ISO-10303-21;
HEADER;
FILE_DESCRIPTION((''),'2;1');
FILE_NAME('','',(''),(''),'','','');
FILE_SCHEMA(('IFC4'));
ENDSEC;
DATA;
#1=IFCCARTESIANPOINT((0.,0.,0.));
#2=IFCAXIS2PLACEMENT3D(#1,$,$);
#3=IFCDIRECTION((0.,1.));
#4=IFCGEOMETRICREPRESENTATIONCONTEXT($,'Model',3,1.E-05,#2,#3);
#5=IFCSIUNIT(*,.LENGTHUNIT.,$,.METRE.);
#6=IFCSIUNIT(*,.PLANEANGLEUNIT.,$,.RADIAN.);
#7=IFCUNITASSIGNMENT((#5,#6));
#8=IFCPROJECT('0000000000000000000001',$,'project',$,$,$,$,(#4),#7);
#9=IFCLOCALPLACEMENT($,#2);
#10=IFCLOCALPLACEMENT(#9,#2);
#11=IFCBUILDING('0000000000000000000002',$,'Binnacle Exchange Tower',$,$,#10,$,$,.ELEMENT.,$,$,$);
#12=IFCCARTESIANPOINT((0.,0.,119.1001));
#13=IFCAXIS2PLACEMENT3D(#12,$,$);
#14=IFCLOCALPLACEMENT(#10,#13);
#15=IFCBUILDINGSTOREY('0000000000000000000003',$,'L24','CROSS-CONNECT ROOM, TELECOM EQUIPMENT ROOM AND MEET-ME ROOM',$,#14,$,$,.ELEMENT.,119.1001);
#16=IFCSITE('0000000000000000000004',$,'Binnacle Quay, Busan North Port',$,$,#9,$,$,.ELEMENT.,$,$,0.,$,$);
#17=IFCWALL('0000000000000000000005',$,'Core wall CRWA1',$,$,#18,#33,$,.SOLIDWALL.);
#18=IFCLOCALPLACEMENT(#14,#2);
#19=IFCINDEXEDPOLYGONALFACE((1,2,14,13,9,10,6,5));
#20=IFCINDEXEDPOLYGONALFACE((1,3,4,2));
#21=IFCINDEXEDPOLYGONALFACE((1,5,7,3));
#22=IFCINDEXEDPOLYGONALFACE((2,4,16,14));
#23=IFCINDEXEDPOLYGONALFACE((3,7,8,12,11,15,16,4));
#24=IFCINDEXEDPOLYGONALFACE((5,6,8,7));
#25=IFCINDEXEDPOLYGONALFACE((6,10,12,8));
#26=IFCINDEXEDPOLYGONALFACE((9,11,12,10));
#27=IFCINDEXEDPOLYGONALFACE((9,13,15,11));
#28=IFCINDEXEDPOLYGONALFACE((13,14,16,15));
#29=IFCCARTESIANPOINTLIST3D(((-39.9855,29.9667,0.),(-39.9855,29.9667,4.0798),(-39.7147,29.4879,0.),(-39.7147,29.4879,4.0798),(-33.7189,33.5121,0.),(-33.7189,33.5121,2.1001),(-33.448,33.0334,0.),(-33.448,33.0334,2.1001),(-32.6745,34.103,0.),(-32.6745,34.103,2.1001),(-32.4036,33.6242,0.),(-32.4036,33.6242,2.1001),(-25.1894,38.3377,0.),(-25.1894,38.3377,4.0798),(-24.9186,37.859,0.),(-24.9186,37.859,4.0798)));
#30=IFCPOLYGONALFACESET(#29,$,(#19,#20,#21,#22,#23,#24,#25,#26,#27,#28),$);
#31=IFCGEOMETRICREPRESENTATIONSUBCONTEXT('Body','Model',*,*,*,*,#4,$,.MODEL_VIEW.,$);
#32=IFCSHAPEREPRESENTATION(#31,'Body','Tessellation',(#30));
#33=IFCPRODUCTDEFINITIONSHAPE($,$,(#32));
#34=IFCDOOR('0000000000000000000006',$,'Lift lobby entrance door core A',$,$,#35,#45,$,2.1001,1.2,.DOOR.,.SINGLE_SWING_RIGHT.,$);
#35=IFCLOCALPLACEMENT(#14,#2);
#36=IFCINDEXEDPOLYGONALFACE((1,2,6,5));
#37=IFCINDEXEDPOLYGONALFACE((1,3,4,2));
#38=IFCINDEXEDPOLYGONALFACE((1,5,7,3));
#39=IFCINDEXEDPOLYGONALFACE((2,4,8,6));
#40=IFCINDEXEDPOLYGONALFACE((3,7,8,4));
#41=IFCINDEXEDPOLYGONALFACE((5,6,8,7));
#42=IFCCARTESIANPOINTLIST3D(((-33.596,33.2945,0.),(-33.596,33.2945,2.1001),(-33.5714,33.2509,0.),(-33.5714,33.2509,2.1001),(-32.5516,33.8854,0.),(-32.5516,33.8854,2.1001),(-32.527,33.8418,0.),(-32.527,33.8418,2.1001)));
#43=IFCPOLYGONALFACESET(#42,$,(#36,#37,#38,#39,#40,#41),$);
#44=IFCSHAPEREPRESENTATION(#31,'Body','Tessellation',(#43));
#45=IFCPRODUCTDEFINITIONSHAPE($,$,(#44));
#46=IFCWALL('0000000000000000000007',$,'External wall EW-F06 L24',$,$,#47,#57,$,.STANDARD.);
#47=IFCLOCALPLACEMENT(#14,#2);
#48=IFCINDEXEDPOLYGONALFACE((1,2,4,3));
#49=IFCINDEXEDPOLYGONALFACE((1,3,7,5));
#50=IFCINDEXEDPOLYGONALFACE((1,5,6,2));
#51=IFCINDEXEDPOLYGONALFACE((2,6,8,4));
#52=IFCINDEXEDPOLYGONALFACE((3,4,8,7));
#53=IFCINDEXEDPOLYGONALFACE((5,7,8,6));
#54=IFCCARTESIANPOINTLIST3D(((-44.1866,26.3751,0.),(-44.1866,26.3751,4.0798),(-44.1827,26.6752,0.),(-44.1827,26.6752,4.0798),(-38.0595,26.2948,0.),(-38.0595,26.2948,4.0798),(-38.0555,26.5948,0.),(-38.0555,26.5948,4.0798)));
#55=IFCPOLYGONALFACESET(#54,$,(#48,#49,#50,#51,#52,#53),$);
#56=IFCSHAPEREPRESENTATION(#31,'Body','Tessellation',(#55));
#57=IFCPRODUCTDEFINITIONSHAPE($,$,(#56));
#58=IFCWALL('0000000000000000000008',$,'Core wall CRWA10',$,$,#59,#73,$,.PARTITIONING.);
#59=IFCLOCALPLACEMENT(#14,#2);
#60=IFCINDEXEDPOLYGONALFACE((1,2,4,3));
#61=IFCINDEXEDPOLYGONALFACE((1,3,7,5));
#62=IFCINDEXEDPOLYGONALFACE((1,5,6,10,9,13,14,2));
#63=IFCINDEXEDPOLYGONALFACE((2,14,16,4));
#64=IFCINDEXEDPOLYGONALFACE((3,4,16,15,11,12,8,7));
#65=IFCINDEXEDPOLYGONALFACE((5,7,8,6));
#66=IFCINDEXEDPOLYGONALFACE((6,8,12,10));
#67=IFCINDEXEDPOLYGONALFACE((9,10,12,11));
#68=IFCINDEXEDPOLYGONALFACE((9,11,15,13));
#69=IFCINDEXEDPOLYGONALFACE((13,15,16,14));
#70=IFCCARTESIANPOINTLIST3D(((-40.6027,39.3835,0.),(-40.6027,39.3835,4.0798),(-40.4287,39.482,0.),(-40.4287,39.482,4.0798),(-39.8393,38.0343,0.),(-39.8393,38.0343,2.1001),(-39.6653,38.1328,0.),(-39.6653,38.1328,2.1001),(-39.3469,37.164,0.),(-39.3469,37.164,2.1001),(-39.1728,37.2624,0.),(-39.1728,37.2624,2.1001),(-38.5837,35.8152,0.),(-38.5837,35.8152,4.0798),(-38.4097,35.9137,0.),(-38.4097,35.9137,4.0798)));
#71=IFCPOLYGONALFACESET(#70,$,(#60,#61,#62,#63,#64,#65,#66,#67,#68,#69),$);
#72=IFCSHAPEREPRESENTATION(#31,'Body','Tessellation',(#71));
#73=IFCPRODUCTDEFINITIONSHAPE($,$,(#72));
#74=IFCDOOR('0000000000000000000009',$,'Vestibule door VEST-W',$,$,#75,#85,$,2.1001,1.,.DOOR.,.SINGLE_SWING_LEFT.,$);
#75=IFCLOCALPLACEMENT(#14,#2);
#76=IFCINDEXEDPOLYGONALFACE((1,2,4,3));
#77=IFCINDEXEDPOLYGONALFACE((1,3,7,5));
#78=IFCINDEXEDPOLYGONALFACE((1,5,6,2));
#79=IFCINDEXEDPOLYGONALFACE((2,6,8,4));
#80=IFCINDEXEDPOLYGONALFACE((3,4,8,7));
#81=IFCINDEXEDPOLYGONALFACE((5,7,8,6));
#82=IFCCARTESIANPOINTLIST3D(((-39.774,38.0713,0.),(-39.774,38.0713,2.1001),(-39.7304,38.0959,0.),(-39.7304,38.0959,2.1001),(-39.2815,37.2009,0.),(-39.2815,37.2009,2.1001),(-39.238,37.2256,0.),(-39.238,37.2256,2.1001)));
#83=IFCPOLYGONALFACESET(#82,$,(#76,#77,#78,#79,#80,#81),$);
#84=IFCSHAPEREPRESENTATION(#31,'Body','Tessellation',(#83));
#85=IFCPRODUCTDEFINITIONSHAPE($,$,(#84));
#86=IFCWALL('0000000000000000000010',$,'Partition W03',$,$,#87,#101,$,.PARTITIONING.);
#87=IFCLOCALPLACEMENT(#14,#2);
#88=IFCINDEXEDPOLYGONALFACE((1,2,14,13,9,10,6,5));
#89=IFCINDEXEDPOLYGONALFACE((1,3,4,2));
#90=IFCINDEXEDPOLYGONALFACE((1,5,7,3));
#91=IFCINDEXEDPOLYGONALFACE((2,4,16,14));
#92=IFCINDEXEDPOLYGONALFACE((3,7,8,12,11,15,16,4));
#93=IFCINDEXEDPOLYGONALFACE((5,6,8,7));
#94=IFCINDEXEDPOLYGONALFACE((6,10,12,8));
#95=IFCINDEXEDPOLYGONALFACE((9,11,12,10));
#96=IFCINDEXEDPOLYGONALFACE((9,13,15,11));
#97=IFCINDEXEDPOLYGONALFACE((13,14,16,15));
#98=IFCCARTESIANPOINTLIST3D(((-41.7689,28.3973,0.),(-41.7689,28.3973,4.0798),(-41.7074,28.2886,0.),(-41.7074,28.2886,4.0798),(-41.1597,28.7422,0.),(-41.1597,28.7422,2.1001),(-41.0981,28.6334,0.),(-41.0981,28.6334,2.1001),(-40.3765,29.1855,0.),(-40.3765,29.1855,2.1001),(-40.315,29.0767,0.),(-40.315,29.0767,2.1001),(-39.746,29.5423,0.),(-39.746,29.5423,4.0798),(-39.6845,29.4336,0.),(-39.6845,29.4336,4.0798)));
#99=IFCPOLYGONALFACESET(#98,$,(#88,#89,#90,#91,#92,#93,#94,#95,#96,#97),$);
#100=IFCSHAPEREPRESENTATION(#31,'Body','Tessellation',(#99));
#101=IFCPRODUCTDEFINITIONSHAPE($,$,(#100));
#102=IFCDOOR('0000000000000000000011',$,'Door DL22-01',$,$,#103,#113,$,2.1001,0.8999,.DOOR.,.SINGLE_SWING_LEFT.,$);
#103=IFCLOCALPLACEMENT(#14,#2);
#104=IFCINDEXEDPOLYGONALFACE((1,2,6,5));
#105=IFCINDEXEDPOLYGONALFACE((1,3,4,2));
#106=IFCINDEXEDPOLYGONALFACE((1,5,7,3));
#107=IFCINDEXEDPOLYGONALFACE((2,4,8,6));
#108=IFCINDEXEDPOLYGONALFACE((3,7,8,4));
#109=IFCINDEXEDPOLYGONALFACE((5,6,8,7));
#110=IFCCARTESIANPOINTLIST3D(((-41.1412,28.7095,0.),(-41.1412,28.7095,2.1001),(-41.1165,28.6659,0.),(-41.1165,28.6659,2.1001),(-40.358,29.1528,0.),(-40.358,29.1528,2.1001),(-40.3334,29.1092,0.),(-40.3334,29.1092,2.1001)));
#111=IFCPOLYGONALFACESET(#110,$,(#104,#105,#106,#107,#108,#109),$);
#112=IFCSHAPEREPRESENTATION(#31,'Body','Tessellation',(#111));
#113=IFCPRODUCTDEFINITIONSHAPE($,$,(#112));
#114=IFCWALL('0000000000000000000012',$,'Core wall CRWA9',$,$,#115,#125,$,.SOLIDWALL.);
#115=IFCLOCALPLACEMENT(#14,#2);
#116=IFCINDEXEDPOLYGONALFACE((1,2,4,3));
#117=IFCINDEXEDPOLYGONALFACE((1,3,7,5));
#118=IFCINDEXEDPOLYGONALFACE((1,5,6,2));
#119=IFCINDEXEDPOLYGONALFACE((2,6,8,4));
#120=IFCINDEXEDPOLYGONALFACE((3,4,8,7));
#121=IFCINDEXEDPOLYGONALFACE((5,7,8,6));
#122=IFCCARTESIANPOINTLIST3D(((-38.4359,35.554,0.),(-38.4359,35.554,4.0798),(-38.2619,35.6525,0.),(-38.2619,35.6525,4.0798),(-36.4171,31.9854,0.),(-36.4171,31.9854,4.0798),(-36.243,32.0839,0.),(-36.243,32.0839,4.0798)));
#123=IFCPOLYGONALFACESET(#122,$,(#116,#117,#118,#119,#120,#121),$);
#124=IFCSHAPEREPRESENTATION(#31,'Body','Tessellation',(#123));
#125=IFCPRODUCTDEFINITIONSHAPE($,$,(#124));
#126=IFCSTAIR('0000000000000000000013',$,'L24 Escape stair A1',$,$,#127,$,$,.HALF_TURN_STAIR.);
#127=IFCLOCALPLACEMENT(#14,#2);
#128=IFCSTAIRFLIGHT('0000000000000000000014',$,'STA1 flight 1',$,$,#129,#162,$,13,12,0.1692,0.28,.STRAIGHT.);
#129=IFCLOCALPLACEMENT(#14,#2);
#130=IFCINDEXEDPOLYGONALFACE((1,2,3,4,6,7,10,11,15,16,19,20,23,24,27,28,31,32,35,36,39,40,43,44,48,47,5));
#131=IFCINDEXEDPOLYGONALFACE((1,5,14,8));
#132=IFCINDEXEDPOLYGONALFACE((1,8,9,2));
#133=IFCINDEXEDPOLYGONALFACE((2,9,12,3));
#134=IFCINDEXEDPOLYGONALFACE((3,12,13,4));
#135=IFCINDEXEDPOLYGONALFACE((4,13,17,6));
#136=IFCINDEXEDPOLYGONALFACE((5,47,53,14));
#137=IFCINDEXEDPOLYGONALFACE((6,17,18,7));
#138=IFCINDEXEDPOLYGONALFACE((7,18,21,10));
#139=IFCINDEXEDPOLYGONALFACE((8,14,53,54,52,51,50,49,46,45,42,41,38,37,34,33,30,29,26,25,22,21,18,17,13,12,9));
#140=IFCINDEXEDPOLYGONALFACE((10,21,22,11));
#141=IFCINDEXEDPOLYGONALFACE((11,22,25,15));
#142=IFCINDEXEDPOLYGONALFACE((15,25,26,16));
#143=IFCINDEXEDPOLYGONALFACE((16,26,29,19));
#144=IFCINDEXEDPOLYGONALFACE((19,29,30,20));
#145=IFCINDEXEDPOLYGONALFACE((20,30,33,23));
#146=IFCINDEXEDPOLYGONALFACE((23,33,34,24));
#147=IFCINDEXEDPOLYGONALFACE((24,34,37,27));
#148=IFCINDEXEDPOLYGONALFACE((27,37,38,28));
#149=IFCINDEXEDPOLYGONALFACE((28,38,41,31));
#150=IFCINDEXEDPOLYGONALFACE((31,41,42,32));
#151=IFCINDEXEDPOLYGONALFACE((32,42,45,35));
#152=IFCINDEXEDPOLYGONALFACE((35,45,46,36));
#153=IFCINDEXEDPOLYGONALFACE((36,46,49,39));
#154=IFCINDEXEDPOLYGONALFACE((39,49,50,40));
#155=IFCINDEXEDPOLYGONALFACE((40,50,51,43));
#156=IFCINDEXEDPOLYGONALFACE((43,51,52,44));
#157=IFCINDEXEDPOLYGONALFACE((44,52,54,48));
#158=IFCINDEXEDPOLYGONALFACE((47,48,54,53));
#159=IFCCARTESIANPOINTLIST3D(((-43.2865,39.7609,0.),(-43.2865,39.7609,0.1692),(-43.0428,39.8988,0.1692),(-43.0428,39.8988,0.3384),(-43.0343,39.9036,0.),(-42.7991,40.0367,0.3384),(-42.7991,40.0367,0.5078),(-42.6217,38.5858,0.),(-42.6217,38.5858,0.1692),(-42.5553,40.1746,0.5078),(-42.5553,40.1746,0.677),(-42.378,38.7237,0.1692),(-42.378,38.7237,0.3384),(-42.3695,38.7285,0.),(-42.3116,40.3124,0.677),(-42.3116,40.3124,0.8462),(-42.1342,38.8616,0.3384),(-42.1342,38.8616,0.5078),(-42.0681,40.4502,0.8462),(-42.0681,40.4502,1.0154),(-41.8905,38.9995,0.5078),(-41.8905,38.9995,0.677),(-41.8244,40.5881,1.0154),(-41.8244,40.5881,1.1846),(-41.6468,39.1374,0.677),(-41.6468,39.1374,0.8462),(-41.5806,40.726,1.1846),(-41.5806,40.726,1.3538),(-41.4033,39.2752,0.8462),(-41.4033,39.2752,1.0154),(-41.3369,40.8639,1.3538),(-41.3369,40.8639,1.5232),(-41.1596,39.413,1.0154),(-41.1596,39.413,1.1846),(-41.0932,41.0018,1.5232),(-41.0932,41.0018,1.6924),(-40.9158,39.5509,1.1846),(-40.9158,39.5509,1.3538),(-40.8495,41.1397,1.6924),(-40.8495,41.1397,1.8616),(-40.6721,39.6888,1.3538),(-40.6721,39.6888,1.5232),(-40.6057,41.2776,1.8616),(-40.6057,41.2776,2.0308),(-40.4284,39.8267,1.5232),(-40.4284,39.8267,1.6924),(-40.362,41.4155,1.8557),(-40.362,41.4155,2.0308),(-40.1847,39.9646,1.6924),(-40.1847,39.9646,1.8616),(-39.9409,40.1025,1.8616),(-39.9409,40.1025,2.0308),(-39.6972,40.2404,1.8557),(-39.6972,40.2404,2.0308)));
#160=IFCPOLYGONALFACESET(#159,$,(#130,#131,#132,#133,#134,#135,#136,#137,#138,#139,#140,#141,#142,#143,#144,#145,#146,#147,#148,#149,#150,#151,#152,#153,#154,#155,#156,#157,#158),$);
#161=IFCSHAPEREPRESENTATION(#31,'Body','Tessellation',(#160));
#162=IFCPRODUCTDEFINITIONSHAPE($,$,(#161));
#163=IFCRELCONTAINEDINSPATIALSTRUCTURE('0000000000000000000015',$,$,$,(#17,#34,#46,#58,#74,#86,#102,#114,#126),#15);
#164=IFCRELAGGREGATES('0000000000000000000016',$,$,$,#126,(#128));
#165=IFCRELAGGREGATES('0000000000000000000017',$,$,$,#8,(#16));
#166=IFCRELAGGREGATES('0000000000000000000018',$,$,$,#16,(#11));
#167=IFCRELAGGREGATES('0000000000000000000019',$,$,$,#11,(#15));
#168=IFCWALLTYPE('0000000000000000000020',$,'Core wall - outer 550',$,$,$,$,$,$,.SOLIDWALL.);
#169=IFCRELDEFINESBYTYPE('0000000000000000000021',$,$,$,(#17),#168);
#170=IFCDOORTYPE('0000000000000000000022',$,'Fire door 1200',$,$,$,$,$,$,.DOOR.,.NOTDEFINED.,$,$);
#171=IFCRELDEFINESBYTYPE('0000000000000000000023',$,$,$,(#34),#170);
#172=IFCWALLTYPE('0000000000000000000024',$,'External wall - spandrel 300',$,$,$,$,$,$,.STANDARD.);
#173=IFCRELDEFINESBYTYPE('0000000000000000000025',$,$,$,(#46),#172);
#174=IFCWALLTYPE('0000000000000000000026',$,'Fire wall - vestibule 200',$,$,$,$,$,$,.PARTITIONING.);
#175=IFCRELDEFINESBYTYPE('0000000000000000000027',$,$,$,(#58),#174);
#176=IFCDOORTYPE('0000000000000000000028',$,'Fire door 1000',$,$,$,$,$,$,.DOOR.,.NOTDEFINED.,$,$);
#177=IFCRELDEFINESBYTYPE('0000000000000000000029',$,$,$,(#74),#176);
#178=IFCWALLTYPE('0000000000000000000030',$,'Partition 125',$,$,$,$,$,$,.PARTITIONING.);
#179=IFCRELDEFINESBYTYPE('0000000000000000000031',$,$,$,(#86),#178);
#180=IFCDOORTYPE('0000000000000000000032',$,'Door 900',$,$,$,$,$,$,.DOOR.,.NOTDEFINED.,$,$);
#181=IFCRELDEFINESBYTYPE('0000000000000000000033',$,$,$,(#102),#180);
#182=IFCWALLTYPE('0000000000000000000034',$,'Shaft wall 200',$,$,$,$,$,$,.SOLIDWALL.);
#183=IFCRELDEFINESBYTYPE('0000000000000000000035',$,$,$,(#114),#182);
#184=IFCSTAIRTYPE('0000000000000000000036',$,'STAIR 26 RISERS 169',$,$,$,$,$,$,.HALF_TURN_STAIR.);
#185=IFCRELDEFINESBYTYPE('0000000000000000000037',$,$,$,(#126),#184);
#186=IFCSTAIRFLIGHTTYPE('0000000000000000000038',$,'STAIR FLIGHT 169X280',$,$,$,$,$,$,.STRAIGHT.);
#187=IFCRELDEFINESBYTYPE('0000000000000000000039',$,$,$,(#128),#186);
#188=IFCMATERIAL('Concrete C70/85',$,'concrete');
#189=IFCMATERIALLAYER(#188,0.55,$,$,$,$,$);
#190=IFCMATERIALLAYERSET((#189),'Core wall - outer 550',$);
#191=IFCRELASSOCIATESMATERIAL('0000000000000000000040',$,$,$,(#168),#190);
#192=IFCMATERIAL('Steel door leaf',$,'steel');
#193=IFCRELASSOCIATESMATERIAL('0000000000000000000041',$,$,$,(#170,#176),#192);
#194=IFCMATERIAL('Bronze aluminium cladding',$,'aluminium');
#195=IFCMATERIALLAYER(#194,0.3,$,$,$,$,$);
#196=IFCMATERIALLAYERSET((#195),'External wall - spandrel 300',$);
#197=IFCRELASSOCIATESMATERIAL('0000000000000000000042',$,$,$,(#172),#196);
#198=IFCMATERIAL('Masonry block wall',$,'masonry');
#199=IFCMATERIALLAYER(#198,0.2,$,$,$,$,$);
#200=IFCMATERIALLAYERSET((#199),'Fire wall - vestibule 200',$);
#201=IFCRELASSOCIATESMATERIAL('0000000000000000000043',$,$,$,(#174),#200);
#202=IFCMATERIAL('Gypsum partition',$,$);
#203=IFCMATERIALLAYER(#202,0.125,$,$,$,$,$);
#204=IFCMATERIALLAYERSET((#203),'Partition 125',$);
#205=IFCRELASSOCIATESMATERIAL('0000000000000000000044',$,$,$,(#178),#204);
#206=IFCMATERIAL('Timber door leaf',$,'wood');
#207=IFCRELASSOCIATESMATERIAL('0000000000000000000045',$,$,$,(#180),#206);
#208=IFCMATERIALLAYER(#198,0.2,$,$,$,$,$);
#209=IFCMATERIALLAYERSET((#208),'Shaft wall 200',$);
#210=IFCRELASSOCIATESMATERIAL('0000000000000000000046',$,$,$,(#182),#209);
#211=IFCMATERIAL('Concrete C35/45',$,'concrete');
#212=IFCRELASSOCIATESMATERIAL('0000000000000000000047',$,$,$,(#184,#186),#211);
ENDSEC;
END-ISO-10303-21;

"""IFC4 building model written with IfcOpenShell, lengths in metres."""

from ifc_helpers import new_model, si_unit, direction, frame, frame_2d, origin, place, context, subcontext, project, spatial, polyline, rectangle, outline, extrude, material, layer, layer_set, type_object, element, fill, aggregate, save


model = new_model("IFC4")

# Units and contexts
model_context = context("Model", 3, precision=1e-05, world=origin(), true_north=direction((0.0, 1.0)))
body_context = subcontext(model_context, "Body", "Model", "MODEL_VIEW")
ifc_project = project(units=[si_unit("LENGTHUNIT", "METRE"), si_unit("PLANEANGLEUNIT", "RADIAN")], contexts=[model_context])

# Site, building, storey
site_placement = place(None, origin())
site = spatial("IfcSite", under=ifc_project, at=site_placement, Name="Binnacle Quay, Busan North Port", CompositionType="ELEMENT", RefElevation=0.0)
building_placement = place(site_placement, origin())
building = spatial("IfcBuilding", under=site, at=building_placement, Name="Binnacle Exchange Tower", CompositionType="ELEMENT")
storey_placement = place(building_placement, frame((0.0, 0.0, 119.1001)))
storey = spatial("IfcBuildingStorey", under=building, at=storey_placement, Name="L24", Description="CROSS-CONNECT ROOM, TELECOM EQUIPMENT ROOM AND MEET-ME ROOM", CompositionType="ELEMENT", Elevation=119.1001)

# Shared definitions
ifc_material_1 = material(Name="Concrete C70/85", Category="concrete")

# Shared definitions
ifc_material_2 = material(Name="Steel door leaf", Category="steel")

# Wall, opening, door
ifc_layer_1 = layer(ifc_material_1, 0.55)
ifc_layer_set_1 = layer_set([ifc_layer_1], Name="Core wall - outer 550")
wall_type_1 = type_object("IfcWallType", Name="Core wall - outer 550", PredefinedType="SOLIDWALL", material=ifc_layer_set_1)
wall_1_placement = place(storey_placement, frame((-39.8501, 29.7273, 0.0), z_axis=(0.0, 0.0, 1.0), x_axis=(0.87036, 0.492416, 0.0)))
wall_1 = element("IfcWall", 1, at=wall_1_placement, inside=storey, type_object=wall_type_1, Name="Core wall CRWA1", PredefinedType="SOLIDWALL", context=body_context, shape_type="SweptSolid", body=[
    extrude(rectangle(XDim=17.0, YDim=0.55, at=frame_2d((8.5, 0.0))), origin(), (0.0, 0.0, 1.0), 4.0798),
])
opening_1_placement = place(wall_1_placement, frame((7.2, 0.0, 0.0)))
opening_1 = element("IfcOpeningElement", 2, at=opening_1_placement, cuts=wall_1, PredefinedType="OPENING", context=body_context, shape_type="SweptSolid", body=[
    extrude(rectangle(XDim=1.2, YDim=2.1001, at=frame_2d((0.6001, 1.05))), frame((0.0, 0.2849, 0.0), z_axis=(0.0, -1.0, 0.0), x_axis=(1.0, 0.0, 0.0)), (0.0, 0.0, 1.0), 0.5701),
])
door_type_1 = type_object("IfcDoorType", Name="Fire door 1200", OperationType="NOTDEFINED", PredefinedType="DOOR", material=ifc_material_2)
door_1_placement = place(opening_1_placement, frame((1.2, 0.0, 0.0), z_axis=(0.0, 0.0, 1.0), x_axis=(-1.0, 0.0, 0.0)))
door_1 = element("IfcDoor", 3, at=door_1_placement, inside=storey, type_object=door_type_1, Name="Lift lobby entrance door core A", OperationType="SINGLE_SWING_RIGHT", OverallHeight=2.1001, OverallWidth=1.2, PredefinedType="DOOR", context=body_context, shape_type="SweptSolid", body=[
    extrude(rectangle(XDim=1.2, YDim=2.1001, at=frame_2d((0.6001, 1.05))), frame((0.0, 0.0249, 0.0), z_axis=(0.0, -1.0, 0.0), x_axis=(1.0, 0.0, 0.0)), (0.0, 0.0, 1.0), 0.05),
])
fill(opening_1, door_1)

# Wall
ifc_material_3 = material(Name="Bronze aluminium cladding", Category="aluminium")
ifc_layer_2 = layer(ifc_material_3, 0.3)
ifc_layer_set_2 = layer_set([ifc_layer_2], Name="External wall - spandrel 300")
wall_type_2 = type_object("IfcWallType", Name="External wall - spandrel 300", PredefinedType="STANDARD", material=ifc_layer_set_2)
wall_2_placement = place(storey_placement, frame((-38.0574, 26.4448, 0.0), z_axis=(0.0, 0.0, 1.0), x_axis=(-0.999914, 0.013108, 0.0)))
element("IfcWall", 4, at=wall_2_placement, inside=storey, type_object=wall_type_2, Name="External wall EW-F06 L24", PredefinedType="STANDARD", context=body_context, shape_type="SweptSolid", body=[
    extrude(rectangle(XDim=6.1277, YDim=0.3, at=frame_2d((3.064, 0.0))), origin(), (0.0, 0.0, 1.0), 4.0798),
])

# Walls, openings, doors
ifc_material_4 = material(Name="Masonry block wall", Category="masonry")
ifc_layer_3 = layer(ifc_material_4, 0.2)
ifc_layer_set_3 = layer_set([ifc_layer_3], Name="Fire wall - vestibule 200")
wall_type_3 = type_object("IfcWallType", Name="Fire wall - vestibule 200", PredefinedType="PARTITIONING", material=ifc_layer_set_3)
wall_3_placement = place(storey_placement, frame((-40.5156, 39.4326, 0.0), z_axis=(0.0, 0.0, 1.0), x_axis=(0.492454, -0.870339, 0.0)))
wall_3 = element("IfcWall", 5, at=wall_3_placement, inside=storey, type_object=wall_type_3, Name="Core wall CRWA10", PredefinedType="PARTITIONING", context=body_context, shape_type="SweptSolid", body=[
    extrude(rectangle(XDim=4.0999, YDim=0.2, at=frame_2d((2.0498, 0.0))), origin(), (0.0, 0.0, 1.0), 4.0798),
])
opening_2_placement = place(wall_3_placement, frame((1.55, 0.0, 0.0)))
opening_2 = element("IfcOpeningElement", 6, at=opening_2_placement, cuts=wall_3, PredefinedType="OPENING", context=body_context, shape_type="SweptSolid", body=[
    extrude(rectangle(XDim=1.0, YDim=2.1001, at=frame_2d((0.5, 1.05))), frame((0.0, 0.1099, 0.0), z_axis=(0.0, -1.0, 0.0), x_axis=(1.0, 0.0, 0.0)), (0.0, 0.0, 1.0), 0.22),
])
door_type_2 = type_object("IfcDoorType", Name="Fire door 1000", OperationType="NOTDEFINED", PredefinedType="DOOR", material=ifc_material_2)
door_2_placement = place(opening_2_placement, frame((1.0, 0.0, 0.0), z_axis=(0.0, 0.0, 1.0), x_axis=(-1.0, 0.0, 0.0)))
door_2 = element("IfcDoor", 7, at=door_2_placement, inside=storey, type_object=door_type_2, Name="Vestibule door VEST-W", OperationType="SINGLE_SWING_LEFT", OverallHeight=2.1001, OverallWidth=1.0, PredefinedType="DOOR", context=body_context, shape_type="SweptSolid", body=[
    extrude(rectangle(XDim=1.0, YDim=2.1001, at=frame_2d((0.5, 1.05))), frame((0.0, 0.0249, 0.0), z_axis=(0.0, -1.0, 0.0), x_axis=(1.0, 0.0, 0.0)), (0.0, 0.0, 1.0), 0.05),
])
fill(opening_2, door_2)
ifc_material_5 = material(Name="Gypsum partition")
ifc_layer_4 = layer(ifc_material_5, 0.125)
ifc_layer_set_4 = layer_set([ifc_layer_4], Name="Partition 125")
wall_type_4 = type_object("IfcWallType", Name="Partition 125", PredefinedType="PARTITIONING", material=ifc_layer_set_4)
wall_4_placement = place(storey_placement, frame((-41.738, 28.343, 0.0), z_axis=(0.0, 0.0, 1.0), x_axis=(0.870265, 0.492583, 0.0)))
wall_4 = element("IfcWall", 8, at=wall_4_placement, inside=storey, type_object=wall_type_4, Name="Partition W03", PredefinedType="PARTITIONING", context=body_context, shape_type="SweptSolid", body=[
    extrude(rectangle(XDim=2.3245, YDim=0.125, at=frame_2d((1.1621, 0.0))), origin(), (0.0, 0.0, 1.0), 4.0798),
])
opening_3_placement = place(wall_4_placement, frame((0.7, 0.0, 0.0)))
opening_3 = element("IfcOpeningElement", 9, at=opening_3_placement, cuts=wall_4, PredefinedType="OPENING", context=body_context, shape_type="SweptSolid", body=[
    extrude(rectangle(XDim=0.8999, YDim=2.1001, at=frame_2d((0.45, 1.05))), frame((0.0, 0.0725, 0.0), z_axis=(0.0, -1.0, 0.0), x_axis=(1.0, 0.0, 0.0)), (0.0, 0.0, 1.0), 0.145),
])
ifc_material_6 = material(Name="Timber door leaf", Category="wood")
door_type_3 = type_object("IfcDoorType", Name="Door 900", OperationType="NOTDEFINED", PredefinedType="DOOR", material=ifc_material_6)
door_3_placement = place(opening_3_placement, origin())
door_3 = element("IfcDoor", 10, at=door_3_placement, inside=storey, type_object=door_type_3, Name="Door DL22-01", OperationType="SINGLE_SWING_LEFT", OverallHeight=2.1001, OverallWidth=0.8999, PredefinedType="DOOR", context=body_context, shape_type="SweptSolid", body=[
    extrude(rectangle(XDim=0.8999, YDim=2.1001, at=frame_2d((0.45, 1.05))), frame((0.0, 0.0249, 0.0), z_axis=(0.0, -1.0, 0.0), x_axis=(1.0, 0.0, 0.0)), (0.0, 0.0, 1.0), 0.05),
])
fill(opening_3, door_3)

# Wall
ifc_layer_5 = layer(ifc_material_4, 0.2)
ifc_layer_set_5 = layer_set([ifc_layer_5], Name="Shaft wall 200")
wall_type_5 = type_object("IfcWallType", Name="Shaft wall 200", PredefinedType="SOLIDWALL", material=ifc_layer_set_5)
wall_5_placement = place(storey_placement, frame((-38.3489, 35.6033, 0.0), z_axis=(0.0, 0.0, 1.0), x_axis=(0.492383, -0.870379, 0.0)))
element("IfcWall", 11, at=wall_5_placement, inside=storey, type_object=wall_type_5, Name="Core wall CRWA9", PredefinedType="SOLIDWALL", context=body_context, shape_type="SweptSolid", body=[
    extrude(rectangle(XDim=4.1001, YDim=0.2, at=frame_2d((2.05, 0.0))), origin(), (0.0, 0.0, 1.0), 4.0798),
])

# Stair, stair flight
ifc_material_7 = material(Name="Concrete C35/45", Category="concrete")
stair_type = type_object("IfcStairType", Name="STAIR 26 RISERS 169", PredefinedType="HALF_TURN_STAIR", material=ifc_material_7)
stair_placement = place(storey_placement, origin())
stair = element("IfcStair", 12, at=stair_placement, inside=storey, type_object=stair_type, Name="L24 Escape stair A1", PredefinedType="HALF_TURN_STAIR")
stair_flight_type = type_object("IfcStairFlightType", Name="STAIR FLIGHT 169X280", PredefinedType="STRAIGHT", material=ifc_material_7)
stair_flight_1_placement = place(storey_placement, frame((-42.9541, 39.1733, 0.0), z_axis=(0.0, 0.0, 1.0), x_axis=(0.870356, 0.492424, 0.0)))
stair_flight_1 = element("IfcStairFlight", 13, at=stair_flight_1_placement, type_object=stair_flight_type, Name="STA1 flight 1", NumberOfRisers=13, NumberOfTreads=12, PredefinedType="STRAIGHT", RiserHeight=0.1692, TreadLength=0.28, context=body_context, shape_type="SweptSolid", body=[
    extrude(outline(polyline([(0.0, 0.0), (0.0, 0.1692), (0.28, 0.1692), (0.28, 0.3384), (0.5601, 0.3384), (0.5601, 0.5078), (0.8401, 0.5078), (0.8401, 0.677), (1.1201, 0.677), (1.1201, 0.8462), (1.3999, 0.8462), (1.3999, 1.0154), (1.6799, 1.0154), (1.6799, 1.1846), (1.96, 1.1846), (1.96, 1.3538), (2.24, 1.3538), (2.24, 1.5232), (2.52, 1.5232), (2.52, 1.6924), (2.8, 1.6924), (2.8, 1.8616), (3.0801, 1.8616), (3.0801, 2.0308), (3.3601, 2.0308), (3.3601, 2.2), (3.3601, 1.8557), (0.2898, 0.0), (0.0, 0.0)])), frame((0.0, 0.675, 0.0), z_axis=(0.0, -1.0, 0.0), x_axis=(1.0, 0.0, 0.0)), (0.0, 0.0, 1.0), 1.3501),
])
aggregate(stair, [stair_flight_1])

save(model, "model.ifc")
